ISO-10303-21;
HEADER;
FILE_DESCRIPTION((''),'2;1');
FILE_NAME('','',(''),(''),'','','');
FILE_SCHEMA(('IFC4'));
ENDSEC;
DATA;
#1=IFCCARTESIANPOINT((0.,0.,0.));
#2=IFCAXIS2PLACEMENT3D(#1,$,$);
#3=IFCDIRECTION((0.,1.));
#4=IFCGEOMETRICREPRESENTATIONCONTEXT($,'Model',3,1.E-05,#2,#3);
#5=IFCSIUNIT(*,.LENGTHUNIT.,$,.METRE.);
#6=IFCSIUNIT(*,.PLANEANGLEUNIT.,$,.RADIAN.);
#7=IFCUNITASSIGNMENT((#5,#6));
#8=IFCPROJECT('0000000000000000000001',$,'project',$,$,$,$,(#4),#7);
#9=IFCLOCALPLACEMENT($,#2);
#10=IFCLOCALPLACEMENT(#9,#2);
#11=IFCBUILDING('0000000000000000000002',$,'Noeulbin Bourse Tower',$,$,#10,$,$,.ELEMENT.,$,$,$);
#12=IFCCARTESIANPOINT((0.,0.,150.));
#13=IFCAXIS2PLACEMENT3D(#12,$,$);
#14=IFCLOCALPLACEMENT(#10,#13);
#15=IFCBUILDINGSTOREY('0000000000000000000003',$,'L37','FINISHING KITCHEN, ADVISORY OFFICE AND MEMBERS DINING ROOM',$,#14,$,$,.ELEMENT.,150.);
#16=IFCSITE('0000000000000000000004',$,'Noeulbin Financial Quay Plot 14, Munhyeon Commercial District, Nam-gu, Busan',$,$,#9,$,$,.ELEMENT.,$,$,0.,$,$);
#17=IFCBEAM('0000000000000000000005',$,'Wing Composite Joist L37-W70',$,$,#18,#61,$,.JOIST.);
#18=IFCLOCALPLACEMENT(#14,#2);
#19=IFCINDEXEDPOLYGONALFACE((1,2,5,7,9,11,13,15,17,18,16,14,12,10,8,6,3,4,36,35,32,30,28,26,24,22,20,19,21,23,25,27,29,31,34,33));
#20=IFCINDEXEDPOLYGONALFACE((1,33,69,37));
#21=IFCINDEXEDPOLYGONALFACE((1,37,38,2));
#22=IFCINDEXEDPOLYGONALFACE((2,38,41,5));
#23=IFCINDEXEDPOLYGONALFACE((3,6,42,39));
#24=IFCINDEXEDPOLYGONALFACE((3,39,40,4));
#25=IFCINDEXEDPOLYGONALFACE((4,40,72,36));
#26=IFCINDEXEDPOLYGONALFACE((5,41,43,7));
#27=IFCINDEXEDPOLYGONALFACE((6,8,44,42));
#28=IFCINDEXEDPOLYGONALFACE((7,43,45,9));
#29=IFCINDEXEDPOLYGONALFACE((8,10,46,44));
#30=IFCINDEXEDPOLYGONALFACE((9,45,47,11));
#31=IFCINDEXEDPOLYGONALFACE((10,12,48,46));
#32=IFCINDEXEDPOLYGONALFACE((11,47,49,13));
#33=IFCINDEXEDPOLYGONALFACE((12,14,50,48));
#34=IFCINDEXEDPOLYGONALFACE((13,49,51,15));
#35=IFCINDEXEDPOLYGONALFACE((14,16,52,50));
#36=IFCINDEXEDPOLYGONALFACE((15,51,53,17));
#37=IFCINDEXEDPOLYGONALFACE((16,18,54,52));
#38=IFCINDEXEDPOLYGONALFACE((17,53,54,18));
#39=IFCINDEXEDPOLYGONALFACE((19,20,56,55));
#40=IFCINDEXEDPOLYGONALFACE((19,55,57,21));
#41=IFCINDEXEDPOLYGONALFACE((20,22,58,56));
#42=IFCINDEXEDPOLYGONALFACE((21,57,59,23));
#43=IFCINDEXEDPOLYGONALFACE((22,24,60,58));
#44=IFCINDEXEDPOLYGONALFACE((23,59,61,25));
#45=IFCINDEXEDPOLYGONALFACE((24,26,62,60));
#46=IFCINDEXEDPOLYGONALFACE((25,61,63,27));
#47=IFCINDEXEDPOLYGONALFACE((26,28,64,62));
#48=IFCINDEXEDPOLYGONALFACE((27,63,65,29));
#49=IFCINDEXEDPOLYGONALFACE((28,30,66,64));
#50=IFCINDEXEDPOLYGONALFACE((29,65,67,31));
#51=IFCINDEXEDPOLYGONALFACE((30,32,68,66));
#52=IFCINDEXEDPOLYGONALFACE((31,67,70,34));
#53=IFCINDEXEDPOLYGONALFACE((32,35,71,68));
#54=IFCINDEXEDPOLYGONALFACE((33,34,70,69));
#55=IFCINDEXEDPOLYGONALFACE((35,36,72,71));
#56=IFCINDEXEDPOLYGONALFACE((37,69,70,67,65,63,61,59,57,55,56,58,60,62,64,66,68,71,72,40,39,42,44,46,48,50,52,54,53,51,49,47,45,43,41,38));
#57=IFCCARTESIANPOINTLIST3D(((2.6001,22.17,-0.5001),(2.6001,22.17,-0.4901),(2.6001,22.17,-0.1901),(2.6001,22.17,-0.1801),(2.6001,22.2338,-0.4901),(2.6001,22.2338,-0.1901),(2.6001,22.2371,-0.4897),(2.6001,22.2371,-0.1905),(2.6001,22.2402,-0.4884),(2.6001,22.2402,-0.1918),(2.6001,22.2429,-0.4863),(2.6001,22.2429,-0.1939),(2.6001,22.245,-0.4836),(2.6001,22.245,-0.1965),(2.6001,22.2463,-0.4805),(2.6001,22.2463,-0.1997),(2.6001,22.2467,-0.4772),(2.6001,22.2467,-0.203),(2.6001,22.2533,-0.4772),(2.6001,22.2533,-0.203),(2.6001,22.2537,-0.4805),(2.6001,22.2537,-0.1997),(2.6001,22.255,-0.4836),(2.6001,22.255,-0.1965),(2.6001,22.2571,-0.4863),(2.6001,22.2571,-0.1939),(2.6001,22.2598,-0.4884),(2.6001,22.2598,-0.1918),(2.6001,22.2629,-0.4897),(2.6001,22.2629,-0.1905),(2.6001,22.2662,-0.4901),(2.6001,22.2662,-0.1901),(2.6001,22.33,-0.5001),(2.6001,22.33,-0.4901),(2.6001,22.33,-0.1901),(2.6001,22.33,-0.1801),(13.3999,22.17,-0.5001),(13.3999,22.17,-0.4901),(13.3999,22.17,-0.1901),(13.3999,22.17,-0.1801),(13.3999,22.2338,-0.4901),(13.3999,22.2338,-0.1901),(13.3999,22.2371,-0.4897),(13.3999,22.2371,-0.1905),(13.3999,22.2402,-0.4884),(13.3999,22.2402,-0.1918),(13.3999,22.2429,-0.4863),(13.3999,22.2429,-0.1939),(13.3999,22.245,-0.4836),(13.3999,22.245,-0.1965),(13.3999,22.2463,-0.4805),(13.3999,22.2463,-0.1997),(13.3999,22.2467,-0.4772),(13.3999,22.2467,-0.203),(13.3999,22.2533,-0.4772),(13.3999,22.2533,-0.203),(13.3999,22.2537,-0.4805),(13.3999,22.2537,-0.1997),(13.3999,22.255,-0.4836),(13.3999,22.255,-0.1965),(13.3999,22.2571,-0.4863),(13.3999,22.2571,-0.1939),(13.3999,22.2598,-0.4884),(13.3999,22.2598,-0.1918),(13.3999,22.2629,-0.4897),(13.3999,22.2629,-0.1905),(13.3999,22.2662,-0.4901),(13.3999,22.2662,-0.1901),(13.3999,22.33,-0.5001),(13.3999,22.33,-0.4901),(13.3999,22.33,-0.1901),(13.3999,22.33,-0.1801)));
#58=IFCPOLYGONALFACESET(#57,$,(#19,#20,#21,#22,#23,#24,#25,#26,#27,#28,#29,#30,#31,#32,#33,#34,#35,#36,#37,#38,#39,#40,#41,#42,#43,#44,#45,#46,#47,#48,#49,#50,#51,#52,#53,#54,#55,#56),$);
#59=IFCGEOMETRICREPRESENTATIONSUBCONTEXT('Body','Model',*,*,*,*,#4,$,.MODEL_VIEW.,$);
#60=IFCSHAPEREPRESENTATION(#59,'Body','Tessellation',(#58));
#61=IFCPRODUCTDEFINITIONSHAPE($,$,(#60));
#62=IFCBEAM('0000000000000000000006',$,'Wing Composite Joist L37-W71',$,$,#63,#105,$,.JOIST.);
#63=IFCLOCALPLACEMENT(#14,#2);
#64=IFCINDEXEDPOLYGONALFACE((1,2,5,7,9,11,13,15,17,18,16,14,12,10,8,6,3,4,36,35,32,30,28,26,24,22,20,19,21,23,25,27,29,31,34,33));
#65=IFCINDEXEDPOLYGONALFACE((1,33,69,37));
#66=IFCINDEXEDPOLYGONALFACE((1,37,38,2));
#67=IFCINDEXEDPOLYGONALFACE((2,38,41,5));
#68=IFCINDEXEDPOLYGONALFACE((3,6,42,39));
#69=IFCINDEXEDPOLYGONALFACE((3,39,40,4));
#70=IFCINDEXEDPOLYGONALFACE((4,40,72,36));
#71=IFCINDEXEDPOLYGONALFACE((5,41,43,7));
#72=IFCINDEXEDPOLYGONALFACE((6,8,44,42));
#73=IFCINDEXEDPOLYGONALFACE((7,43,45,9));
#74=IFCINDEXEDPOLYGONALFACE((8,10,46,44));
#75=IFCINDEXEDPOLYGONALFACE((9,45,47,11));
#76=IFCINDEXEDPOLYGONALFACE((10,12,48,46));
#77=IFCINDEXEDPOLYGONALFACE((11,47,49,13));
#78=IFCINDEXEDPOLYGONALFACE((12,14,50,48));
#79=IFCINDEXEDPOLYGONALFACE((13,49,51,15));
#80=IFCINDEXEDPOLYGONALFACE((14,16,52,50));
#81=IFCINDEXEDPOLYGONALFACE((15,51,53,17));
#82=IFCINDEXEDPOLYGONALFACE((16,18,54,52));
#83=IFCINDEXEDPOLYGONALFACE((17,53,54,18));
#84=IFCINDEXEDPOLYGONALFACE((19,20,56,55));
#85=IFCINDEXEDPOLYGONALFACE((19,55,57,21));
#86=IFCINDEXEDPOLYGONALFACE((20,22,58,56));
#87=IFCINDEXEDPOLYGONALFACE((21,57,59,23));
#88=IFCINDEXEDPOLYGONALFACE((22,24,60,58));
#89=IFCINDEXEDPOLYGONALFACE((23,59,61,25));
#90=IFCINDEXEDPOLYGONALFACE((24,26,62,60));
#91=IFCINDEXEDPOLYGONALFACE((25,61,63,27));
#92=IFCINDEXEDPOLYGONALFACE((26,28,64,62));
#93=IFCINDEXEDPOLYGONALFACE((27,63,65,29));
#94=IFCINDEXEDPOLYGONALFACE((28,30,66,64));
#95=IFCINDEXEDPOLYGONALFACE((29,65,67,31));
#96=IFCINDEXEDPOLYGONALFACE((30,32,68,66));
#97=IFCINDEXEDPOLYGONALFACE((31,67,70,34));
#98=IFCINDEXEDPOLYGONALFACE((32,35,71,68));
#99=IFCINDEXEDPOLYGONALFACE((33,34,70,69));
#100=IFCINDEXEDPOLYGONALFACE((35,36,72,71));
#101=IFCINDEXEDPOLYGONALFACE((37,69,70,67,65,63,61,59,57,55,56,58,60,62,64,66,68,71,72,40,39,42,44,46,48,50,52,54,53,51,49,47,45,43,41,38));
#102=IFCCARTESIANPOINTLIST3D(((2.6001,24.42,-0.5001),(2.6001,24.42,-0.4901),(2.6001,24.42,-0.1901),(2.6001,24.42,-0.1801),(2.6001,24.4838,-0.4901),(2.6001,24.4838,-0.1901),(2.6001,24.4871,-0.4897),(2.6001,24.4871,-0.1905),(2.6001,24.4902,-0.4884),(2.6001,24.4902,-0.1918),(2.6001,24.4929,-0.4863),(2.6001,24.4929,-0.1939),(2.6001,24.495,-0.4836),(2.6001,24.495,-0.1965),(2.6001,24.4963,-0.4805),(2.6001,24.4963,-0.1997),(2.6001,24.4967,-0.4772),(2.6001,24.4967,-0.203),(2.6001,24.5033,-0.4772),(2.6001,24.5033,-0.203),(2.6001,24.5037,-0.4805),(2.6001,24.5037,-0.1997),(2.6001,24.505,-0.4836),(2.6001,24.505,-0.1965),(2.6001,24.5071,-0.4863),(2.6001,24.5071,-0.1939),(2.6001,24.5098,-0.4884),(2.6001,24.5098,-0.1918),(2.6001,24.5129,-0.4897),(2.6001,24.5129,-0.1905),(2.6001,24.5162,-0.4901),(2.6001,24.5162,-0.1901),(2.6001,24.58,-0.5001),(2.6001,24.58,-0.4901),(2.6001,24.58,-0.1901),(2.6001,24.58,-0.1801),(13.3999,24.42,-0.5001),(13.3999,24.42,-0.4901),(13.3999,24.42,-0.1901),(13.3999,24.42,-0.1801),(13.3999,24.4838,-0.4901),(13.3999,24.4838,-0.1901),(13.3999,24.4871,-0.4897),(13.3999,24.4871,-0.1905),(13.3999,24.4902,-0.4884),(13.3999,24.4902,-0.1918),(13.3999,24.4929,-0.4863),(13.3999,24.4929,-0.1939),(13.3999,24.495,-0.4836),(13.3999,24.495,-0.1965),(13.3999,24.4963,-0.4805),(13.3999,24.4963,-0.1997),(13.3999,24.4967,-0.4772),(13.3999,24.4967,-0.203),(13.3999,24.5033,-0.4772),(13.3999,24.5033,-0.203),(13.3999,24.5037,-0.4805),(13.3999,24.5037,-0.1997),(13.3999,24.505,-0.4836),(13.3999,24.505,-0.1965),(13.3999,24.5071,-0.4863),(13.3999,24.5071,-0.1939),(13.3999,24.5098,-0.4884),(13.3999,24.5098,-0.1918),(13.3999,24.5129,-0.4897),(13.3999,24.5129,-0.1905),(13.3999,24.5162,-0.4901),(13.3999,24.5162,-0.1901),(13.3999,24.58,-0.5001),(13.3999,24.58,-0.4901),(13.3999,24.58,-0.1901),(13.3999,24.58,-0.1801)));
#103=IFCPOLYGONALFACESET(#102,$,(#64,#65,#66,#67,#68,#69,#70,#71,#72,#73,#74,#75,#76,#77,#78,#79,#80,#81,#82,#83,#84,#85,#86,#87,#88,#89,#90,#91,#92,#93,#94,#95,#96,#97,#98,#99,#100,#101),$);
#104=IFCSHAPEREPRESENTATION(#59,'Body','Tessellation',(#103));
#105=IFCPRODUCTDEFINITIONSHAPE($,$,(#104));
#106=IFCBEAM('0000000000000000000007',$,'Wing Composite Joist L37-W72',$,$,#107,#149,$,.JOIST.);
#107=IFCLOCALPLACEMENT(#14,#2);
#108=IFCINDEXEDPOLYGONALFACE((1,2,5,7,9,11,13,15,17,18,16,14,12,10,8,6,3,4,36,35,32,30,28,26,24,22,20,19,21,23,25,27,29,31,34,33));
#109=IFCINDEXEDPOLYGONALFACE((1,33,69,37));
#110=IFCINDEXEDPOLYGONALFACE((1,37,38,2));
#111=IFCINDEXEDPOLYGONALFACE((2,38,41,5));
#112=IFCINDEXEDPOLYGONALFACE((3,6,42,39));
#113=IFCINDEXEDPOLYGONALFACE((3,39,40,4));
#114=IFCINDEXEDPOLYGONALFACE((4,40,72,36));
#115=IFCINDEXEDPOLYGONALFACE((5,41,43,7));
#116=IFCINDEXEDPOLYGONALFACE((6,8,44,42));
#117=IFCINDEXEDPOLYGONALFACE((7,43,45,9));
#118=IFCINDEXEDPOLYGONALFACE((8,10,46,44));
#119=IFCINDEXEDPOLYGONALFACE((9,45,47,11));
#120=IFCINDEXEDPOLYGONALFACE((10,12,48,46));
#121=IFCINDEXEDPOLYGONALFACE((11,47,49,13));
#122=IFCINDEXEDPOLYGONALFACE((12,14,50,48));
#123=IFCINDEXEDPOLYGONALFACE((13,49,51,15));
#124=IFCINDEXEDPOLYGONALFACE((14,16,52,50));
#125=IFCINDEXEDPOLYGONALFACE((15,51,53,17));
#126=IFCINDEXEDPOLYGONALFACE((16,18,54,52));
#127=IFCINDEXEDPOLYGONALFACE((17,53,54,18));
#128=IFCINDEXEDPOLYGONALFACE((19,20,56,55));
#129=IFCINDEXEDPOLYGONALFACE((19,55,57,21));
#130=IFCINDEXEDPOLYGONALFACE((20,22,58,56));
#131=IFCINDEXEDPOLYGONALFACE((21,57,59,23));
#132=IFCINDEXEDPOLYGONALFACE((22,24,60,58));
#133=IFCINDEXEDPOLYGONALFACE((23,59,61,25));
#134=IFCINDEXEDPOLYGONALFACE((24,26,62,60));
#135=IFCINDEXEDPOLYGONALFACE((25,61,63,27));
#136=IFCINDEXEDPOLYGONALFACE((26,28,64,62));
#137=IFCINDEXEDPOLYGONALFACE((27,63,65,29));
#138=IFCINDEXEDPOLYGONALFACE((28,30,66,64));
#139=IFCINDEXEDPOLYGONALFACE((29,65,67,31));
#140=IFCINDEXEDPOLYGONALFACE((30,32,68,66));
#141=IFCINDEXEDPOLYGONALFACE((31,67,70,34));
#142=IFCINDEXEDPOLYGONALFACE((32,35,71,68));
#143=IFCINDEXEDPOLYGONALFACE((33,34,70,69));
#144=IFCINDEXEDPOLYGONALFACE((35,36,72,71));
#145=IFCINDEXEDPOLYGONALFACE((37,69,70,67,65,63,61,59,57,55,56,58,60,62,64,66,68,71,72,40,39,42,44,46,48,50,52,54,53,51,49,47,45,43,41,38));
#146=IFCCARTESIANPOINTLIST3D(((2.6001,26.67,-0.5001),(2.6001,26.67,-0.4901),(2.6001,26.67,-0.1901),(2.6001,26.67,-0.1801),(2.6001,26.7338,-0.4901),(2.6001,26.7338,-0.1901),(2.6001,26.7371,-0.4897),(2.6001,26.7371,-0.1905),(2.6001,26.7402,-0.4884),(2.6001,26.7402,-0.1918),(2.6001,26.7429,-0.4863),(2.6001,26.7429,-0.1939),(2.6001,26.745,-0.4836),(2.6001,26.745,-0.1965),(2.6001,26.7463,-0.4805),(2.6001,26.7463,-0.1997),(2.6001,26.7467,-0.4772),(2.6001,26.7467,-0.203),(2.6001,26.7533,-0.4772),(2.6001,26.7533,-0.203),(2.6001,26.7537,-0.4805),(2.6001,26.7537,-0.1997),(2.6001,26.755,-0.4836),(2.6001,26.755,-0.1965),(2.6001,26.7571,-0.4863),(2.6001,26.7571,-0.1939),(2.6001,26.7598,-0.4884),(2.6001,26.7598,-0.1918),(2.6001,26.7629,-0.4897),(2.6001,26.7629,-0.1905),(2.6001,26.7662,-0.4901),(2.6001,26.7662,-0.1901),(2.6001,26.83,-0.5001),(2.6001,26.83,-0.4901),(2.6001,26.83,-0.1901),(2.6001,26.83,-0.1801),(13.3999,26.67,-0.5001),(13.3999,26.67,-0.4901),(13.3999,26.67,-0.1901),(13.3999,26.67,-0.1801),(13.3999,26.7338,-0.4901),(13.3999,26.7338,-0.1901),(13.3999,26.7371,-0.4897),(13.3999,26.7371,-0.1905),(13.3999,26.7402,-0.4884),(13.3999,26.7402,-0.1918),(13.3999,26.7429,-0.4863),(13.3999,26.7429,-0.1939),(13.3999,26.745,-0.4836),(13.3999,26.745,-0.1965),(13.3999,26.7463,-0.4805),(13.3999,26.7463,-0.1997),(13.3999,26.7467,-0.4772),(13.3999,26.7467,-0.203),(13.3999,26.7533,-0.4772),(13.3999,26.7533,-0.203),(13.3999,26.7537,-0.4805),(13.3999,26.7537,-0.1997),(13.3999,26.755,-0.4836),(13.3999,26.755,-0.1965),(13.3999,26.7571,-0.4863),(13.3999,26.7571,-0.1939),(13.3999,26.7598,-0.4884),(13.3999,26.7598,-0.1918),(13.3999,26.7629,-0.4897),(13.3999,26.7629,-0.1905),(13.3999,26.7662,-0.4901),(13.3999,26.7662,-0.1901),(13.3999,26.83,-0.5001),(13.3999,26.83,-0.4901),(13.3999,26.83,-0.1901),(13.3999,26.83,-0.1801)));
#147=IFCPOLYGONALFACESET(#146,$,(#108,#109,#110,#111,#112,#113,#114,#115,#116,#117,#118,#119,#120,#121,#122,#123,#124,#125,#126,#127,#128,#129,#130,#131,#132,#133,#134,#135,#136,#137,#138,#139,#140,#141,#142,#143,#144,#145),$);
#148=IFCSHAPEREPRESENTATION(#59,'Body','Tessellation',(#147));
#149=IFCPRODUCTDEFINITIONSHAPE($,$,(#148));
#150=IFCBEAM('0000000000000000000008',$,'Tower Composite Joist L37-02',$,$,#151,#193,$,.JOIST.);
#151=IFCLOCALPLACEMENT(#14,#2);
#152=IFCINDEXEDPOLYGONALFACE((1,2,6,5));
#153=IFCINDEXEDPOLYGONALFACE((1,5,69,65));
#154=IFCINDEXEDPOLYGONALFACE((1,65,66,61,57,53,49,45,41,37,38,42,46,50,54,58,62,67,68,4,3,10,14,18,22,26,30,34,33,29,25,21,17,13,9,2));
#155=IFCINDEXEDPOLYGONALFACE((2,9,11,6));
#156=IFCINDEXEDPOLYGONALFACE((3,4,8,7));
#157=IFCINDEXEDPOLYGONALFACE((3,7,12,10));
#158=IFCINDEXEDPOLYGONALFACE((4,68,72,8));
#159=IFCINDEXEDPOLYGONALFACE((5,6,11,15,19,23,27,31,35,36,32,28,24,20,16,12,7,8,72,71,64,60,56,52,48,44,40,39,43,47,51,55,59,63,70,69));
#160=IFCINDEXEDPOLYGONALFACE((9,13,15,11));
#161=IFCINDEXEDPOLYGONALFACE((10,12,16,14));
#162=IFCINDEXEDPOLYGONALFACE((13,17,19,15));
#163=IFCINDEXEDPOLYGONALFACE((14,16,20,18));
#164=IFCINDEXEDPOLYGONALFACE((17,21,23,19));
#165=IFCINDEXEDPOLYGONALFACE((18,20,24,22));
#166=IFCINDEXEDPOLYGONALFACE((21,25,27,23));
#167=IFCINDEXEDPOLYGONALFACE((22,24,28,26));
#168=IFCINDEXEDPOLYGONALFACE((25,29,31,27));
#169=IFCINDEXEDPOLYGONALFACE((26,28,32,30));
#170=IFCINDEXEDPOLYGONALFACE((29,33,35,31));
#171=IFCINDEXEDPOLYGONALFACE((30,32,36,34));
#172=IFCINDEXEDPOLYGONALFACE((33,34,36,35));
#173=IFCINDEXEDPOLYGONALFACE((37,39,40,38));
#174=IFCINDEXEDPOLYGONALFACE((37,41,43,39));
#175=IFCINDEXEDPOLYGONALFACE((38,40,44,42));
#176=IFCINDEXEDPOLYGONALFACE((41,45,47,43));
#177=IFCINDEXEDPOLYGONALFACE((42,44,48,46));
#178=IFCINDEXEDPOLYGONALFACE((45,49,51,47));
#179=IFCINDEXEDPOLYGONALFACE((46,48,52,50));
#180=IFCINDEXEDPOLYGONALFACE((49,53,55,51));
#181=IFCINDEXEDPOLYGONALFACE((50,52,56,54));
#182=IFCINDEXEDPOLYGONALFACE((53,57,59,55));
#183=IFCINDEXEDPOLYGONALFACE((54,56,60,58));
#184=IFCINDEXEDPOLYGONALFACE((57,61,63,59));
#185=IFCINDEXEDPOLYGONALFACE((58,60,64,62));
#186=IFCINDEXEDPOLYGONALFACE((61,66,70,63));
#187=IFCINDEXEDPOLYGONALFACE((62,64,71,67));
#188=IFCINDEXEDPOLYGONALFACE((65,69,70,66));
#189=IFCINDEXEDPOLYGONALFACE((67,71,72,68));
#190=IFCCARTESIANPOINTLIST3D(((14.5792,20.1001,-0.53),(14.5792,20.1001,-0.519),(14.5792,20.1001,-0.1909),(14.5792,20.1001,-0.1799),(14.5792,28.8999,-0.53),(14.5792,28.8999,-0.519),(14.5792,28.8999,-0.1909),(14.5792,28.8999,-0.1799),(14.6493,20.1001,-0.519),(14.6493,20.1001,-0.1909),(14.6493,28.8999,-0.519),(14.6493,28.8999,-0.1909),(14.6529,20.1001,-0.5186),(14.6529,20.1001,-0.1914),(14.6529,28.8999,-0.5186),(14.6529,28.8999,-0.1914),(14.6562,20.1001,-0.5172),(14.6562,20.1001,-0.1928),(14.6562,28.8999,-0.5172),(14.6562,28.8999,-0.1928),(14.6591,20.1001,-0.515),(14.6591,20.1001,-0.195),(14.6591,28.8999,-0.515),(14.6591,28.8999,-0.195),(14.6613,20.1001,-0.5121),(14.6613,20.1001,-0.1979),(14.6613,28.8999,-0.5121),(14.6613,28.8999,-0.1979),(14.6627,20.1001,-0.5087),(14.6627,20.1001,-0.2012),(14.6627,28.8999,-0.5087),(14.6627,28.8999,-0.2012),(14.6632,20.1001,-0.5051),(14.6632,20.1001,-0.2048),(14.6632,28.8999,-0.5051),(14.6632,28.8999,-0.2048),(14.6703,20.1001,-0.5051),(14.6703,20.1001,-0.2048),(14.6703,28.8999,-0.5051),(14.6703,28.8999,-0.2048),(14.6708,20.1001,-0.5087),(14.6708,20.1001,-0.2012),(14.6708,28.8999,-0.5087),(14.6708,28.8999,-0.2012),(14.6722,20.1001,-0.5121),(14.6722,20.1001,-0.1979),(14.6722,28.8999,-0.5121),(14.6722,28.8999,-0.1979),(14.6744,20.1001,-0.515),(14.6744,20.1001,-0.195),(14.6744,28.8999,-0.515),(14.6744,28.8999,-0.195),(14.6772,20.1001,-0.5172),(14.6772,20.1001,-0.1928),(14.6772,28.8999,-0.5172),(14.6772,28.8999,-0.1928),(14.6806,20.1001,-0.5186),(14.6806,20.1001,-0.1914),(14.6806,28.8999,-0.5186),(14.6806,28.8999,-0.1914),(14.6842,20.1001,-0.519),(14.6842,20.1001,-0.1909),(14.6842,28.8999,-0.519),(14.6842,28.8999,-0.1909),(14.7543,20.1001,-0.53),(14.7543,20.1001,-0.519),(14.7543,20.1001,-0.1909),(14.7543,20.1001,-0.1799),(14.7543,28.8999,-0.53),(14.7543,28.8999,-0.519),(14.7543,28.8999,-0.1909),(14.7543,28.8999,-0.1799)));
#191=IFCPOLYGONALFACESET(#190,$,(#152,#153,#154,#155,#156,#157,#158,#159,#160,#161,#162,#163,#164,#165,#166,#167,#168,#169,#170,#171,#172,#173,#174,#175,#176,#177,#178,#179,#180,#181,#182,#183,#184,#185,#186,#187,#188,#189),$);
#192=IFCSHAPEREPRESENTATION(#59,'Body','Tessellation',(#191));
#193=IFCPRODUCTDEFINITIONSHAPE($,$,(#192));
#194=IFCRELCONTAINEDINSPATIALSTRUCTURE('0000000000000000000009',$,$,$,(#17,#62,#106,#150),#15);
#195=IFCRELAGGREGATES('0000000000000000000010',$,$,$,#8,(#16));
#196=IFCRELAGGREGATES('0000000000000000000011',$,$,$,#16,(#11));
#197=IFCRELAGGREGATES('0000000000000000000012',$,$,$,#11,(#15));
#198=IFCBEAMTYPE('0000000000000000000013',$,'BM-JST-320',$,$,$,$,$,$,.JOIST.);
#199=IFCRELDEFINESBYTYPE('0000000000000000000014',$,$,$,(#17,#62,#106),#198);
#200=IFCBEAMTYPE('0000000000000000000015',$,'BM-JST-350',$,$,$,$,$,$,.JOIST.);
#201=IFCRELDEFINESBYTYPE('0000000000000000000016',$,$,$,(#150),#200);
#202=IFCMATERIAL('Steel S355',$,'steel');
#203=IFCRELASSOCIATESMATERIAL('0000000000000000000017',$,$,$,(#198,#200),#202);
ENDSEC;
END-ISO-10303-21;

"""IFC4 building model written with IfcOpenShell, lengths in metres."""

from ifc_helpers import new_model, si_unit, direction, frame, origin, origin_2d, place, context, subcontext, project, spatial, i_section, extrude, material, material_profile, profile_set, type_object, element, save


model = new_model("IFC4")

# Units and contexts
model_context = context("Model", 3, precision=1e-05, world=origin(), true_north=direction((0.0, 1.0)))
body_context = subcontext(model_context, "Body", "Model", "MODEL_VIEW")
ifc_project = project(units=[si_unit("LENGTHUNIT", "METRE"), si_unit("PLANEANGLEUNIT", "RADIAN")], contexts=[model_context])

# Site, building, storey
site_placement = place(None, origin())
site = spatial("IfcSite", under=ifc_project, at=site_placement, Name="Noeulbin Financial Quay Plot 14, Munhyeon Commercial District, Nam-gu, Busan", CompositionType="ELEMENT", RefElevation=0.0)
building_placement = place(site_placement, origin())
building = spatial("IfcBuilding", under=site, at=building_placement, Name="Noeulbin Bourse Tower", CompositionType="ELEMENT")
storey_placement = place(building_placement, frame((0.0, 0.0, 150.0)))
storey = spatial("IfcBuildingStorey", under=building, at=storey_placement, Name="L37", Description="FINISHING KITCHEN, ADVISORY OFFICE AND MEMBERS DINING ROOM", CompositionType="ELEMENT", Elevation=150.0)

# Beams
ifc_material_1 = material(Name="Steel S355", Category="steel")
ifc_material_profile_1 = material_profile(ifc_material_1, i_section(OverallWidth=0.1599, OverallDepth=0.3201, WebThickness=0.0066, FlangeThickness=0.01, FilletRadius=0.0129, at=origin_2d()), Name="H-320x160x6.5x10", Category="LoadBearing")
ifc_profile_set_1 = profile_set([ifc_material_profile_1], Name="Steel S355")
beam_type_1 = type_object("IfcBeamType", Name="BM-JST-320", PredefinedType="JOIST", material=ifc_profile_set_1)
for number, where, z_axis, x_axis, name in (
    (1, (2.6001, 22.25, -0.3401), (1.0, 0.0, 0.0), (0.0, 1.0, 0.0), "Wing Composite Joist L37-W70"),
    (2, (2.6001, 24.5, -0.3401), (1.0, 0.0, 0.0), (0.0, 1.0, 0.0), "Wing Composite Joist L37-W71"),
    (3, (2.6001, 26.75, -0.3401), (1.0, 0.0, 0.0), (0.0, 1.0, 0.0), "Wing Composite Joist L37-W72"),
):
    element("IfcBeam", number, at=place(storey_placement, frame(where, z_axis=z_axis, x_axis=x_axis)), inside=storey, type_object=beam_type_1, Name=name, PredefinedType="JOIST", context=body_context, shape_type="SweptSolid", body=[
        extrude(i_section(OverallWidth=0.1599, OverallDepth=0.3201, WebThickness=0.0066, FlangeThickness=0.01, FilletRadius=0.0129, at=origin_2d()), origin(), (0.0, 0.0, 1.0), 10.7998),
    ])
ifc_material_profile_2 = material_profile(ifc_material_1, i_section(OverallWidth=0.175, OverallDepth=0.3501, WebThickness=0.0071, FlangeThickness=0.011, FilletRadius=0.0139, at=origin_2d()), Name="H-350x175x7x11", Category="LoadBearing")
ifc_profile_set_2 = profile_set([ifc_material_profile_2], Name="Steel S355")
beam_type_2 = type_object("IfcBeamType", Name="BM-JST-350", PredefinedType="JOIST", material=ifc_profile_set_2)
for number, where, z_axis, x_axis, name in (
    (4, (14.6667, 20.1001, -0.355), (0.0, 1.0, 0.0), (-1.0, 0.0, 0.0), "Tower Composite Joist L37-02"),
):
    element("IfcBeam", number, at=place(storey_placement, frame(where, z_axis=z_axis, x_axis=x_axis)), inside=storey, type_object=beam_type_2, Name=name, PredefinedType="JOIST", context=body_context, shape_type="SweptSolid", body=[
        extrude(i_section(OverallWidth=0.175, OverallDepth=0.3501, WebThickness=0.0071, FlangeThickness=0.011, FilletRadius=0.0139, at=origin_2d()), origin(), (0.0, 0.0, 1.0), 8.7998),
    ])

save(model, "model.ifc")
